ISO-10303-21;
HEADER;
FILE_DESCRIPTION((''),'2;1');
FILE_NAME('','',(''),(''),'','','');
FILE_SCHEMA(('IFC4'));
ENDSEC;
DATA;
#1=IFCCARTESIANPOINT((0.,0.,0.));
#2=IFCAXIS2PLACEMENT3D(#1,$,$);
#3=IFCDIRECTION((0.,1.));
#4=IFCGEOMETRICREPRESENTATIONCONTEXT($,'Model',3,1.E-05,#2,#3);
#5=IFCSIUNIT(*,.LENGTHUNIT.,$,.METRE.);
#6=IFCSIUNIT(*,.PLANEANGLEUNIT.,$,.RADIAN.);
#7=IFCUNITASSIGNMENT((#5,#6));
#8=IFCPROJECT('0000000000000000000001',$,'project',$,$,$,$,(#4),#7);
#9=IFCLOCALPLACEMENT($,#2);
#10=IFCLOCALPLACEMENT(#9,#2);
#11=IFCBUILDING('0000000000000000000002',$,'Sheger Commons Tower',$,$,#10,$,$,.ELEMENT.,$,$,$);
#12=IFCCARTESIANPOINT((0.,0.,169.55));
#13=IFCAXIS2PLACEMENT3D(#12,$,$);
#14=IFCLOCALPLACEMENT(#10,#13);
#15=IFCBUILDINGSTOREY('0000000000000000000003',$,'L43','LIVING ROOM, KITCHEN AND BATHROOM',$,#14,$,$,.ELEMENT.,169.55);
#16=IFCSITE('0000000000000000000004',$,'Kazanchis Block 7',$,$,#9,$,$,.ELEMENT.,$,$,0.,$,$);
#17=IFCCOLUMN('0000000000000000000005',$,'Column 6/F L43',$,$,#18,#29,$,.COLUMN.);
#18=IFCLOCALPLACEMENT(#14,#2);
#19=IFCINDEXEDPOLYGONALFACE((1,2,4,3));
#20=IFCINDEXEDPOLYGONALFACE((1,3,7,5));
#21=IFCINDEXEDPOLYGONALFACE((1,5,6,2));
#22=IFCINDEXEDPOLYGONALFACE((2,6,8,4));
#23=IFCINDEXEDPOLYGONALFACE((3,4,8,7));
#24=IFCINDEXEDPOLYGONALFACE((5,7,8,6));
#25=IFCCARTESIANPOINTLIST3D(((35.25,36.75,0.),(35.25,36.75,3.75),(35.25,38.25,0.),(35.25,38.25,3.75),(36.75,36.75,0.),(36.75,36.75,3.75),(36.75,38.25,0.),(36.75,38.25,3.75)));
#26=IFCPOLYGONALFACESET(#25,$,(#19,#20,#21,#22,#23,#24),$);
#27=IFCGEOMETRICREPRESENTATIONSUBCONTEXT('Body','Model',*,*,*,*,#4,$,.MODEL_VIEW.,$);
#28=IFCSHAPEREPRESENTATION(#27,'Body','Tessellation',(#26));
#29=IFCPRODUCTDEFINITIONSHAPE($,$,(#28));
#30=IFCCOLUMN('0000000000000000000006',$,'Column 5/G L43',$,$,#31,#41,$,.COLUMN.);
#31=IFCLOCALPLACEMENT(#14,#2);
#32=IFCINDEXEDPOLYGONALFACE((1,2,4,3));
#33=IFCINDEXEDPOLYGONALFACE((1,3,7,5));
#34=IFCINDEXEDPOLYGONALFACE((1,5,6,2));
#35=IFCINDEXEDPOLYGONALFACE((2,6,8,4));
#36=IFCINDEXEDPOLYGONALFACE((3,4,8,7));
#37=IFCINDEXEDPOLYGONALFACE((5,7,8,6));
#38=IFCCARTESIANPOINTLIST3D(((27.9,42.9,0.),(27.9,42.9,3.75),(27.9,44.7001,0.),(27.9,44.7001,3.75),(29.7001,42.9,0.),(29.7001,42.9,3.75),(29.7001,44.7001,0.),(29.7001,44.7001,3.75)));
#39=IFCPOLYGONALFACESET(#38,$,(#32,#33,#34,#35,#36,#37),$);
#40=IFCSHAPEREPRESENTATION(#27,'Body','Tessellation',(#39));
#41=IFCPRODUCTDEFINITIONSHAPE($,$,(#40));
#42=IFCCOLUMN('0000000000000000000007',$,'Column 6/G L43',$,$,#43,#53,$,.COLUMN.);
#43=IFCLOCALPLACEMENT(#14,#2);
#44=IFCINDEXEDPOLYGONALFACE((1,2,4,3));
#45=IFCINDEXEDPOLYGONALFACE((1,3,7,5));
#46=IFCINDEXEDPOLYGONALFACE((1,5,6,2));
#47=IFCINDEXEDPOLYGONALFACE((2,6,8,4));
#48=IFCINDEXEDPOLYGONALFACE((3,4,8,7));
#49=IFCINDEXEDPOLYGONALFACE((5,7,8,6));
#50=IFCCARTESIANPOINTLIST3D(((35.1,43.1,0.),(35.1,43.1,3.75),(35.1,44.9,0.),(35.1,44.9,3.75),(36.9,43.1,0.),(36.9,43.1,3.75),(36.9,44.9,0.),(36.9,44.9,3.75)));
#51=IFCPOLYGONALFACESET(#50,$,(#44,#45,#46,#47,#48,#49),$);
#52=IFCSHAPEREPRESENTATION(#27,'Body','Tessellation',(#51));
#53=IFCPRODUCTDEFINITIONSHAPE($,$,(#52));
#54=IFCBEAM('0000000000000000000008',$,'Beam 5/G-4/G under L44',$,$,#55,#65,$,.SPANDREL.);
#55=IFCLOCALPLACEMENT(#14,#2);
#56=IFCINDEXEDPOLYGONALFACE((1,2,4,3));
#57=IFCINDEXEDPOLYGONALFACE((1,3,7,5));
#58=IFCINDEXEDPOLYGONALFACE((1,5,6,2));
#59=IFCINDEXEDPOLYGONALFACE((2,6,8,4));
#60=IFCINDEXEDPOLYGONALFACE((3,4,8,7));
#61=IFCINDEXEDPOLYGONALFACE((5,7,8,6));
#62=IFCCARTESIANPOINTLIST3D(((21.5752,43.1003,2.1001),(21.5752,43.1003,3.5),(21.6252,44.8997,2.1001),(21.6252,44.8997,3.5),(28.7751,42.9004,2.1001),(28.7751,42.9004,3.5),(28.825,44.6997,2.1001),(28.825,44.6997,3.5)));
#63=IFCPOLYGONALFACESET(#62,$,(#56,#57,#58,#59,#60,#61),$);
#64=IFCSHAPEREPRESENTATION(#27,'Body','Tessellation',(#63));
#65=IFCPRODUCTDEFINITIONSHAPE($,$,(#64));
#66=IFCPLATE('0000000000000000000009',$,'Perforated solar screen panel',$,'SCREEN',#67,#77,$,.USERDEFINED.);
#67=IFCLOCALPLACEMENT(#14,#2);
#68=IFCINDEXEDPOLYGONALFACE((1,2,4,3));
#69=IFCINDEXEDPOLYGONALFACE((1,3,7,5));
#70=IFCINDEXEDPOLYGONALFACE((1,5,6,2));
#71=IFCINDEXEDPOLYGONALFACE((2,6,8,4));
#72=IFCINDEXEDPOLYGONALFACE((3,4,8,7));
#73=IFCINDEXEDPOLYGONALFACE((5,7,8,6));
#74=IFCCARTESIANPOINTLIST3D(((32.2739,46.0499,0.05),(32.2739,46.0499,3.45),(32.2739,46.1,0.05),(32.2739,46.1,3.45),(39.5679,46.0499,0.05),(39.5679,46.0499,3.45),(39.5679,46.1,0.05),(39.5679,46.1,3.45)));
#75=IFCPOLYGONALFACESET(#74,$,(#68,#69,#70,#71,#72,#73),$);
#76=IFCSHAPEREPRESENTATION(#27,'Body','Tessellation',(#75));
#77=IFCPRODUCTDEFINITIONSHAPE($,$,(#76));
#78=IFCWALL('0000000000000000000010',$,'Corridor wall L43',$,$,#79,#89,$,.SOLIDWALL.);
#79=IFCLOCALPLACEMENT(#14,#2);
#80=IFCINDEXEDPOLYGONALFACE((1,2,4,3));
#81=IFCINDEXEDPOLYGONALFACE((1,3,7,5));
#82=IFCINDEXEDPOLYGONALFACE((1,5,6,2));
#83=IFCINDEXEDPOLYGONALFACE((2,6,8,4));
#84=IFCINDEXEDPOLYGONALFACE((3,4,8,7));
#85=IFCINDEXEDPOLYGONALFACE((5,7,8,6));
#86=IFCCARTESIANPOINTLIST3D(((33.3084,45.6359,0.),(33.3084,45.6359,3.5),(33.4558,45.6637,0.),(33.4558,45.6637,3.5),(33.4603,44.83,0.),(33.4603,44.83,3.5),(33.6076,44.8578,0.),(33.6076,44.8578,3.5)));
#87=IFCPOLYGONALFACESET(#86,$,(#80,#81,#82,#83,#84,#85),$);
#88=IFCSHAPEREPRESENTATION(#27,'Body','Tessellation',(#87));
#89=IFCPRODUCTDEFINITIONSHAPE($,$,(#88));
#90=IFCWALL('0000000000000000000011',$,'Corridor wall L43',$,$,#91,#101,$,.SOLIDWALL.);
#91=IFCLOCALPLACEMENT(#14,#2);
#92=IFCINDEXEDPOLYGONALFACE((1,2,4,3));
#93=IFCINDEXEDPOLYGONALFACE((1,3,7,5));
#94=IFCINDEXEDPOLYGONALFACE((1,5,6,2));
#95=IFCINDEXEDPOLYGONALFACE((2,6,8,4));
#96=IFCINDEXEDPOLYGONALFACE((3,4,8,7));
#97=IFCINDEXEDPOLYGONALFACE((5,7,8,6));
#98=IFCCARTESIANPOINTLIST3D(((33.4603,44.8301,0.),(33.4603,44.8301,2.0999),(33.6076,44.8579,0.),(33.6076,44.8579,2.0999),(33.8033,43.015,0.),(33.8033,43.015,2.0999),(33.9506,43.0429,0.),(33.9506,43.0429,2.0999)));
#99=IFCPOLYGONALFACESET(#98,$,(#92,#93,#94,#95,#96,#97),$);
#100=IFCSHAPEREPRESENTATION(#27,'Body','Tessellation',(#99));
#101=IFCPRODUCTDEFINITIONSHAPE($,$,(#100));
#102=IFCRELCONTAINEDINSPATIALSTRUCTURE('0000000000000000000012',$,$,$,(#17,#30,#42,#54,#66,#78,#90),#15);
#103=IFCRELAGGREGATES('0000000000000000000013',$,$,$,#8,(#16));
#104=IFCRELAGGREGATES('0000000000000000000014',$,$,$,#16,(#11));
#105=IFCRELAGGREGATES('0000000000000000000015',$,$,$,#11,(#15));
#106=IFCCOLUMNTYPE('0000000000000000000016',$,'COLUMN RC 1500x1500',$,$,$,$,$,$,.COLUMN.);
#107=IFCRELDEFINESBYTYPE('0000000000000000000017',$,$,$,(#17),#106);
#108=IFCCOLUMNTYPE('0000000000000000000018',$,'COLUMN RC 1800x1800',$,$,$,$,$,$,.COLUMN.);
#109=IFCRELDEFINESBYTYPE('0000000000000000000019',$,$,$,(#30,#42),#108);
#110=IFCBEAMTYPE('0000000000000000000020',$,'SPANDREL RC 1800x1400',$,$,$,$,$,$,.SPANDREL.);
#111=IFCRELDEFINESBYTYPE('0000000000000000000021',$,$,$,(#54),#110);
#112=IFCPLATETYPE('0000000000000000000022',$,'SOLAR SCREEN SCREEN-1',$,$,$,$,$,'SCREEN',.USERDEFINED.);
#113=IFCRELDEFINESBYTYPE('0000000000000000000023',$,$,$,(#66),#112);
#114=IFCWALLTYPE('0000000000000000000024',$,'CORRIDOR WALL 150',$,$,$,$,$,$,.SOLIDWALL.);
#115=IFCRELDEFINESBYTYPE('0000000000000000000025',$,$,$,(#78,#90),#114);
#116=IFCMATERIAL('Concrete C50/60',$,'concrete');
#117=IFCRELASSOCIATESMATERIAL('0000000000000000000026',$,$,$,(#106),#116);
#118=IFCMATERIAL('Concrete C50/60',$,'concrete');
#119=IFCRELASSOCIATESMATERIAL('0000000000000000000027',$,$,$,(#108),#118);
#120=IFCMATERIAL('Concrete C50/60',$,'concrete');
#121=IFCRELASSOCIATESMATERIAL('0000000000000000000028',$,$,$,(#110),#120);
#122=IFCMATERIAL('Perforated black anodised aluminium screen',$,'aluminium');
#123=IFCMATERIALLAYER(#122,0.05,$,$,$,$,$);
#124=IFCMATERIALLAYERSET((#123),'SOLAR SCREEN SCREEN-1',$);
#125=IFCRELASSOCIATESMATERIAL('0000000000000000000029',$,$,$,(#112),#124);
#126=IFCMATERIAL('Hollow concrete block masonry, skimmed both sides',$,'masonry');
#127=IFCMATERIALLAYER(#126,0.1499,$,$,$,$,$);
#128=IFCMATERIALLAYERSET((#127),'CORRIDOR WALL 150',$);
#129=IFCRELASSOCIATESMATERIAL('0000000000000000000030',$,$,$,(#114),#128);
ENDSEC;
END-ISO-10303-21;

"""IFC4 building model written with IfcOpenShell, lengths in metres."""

from ifc_helpers import new_model, si_unit, direction, frame, frame_2d, origin, origin_2d, place, context, subcontext, project, spatial, rectangle, extrude, material, layer, layer_set, material_profile, profile_set, type_object, element, save


model = new_model("IFC4")

# Units and contexts
model_context = context("Model", 3, precision=1e-05, world=origin(), true_north=direction((0.0, 1.0)))
body_context = subcontext(model_context, "Body", "Model", "MODEL_VIEW")
ifc_project = project(units=[si_unit("LENGTHUNIT", "METRE"), si_unit("PLANEANGLEUNIT", "RADIAN")], contexts=[model_context])

# Site, building, storey
site_placement = place(None, origin())
site = spatial("IfcSite", under=ifc_project, at=site_placement, Name="Kazanchis Block 7", CompositionType="ELEMENT", RefElevation=0.0)
building_placement = place(site_placement, origin())
building = spatial("IfcBuilding", under=site, at=building_placement, Name="Sheger Commons Tower", CompositionType="ELEMENT")
storey_placement = place(building_placement, frame((0.0, 0.0, 169.55)))
storey = spatial("IfcBuildingStorey", under=building, at=storey_placement, Name="L43", Description="LIVING ROOM, KITCHEN AND BATHROOM", CompositionType="ELEMENT", Elevation=169.55)

# Columns
ifc_material_1 = material(Name="Concrete C50/60", Category="concrete")
ifc_material_profile_1 = material_profile(ifc_material_1, rectangle(XDim=1.5, YDim=1.5, at=origin_2d()), Name="RC 1500x1500")
ifc_profile_set_1 = profile_set([ifc_material_profile_1], Name="Concrete C50/60")
column_type_1 = type_object("IfcColumnType", Name="COLUMN RC 1500x1500", PredefinedType="COLUMN", material=ifc_profile_set_1)
column_placement = place(storey_placement, frame((36.0, 37.5, 0.0), z_axis=(0.0, 0.0, 1.0), x_axis=(1.0, 0.0, 0.0)))
element("IfcColumn", 1, at=column_placement, inside=storey, type_object=column_type_1, Name="Column 6/F L43", PredefinedType="COLUMN", context=body_context, shape_type="SweptSolid", body=[
    extrude(rectangle(XDim=1.5, YDim=1.5, at=origin_2d()), origin(), (0.0, 0.0, 1.0), 3.75),
])
ifc_material_2 = material(Name="Concrete C50/60", Category="concrete")
ifc_material_profile_2 = material_profile(ifc_material_2, rectangle(XDim=1.8, YDim=1.8, at=origin_2d()), Name="RC 1800x1800")
ifc_profile_set_2 = profile_set([ifc_material_profile_2], Name="Concrete C50/60")
column_type_2 = type_object("IfcColumnType", Name="COLUMN RC 1800x1800", PredefinedType="COLUMN", material=ifc_profile_set_2)
for number, where, z_axis, x_axis, name in (
    (2, (28.8, 43.8, 0.0), (0.0, 0.0, 1.0), (1.0, 0.0, 0.0), "Column 5/G L43"),
    (3, (36.0, 44.0, 0.0), (0.0, 0.0, 1.0), (1.0, 0.0, 0.0), "Column 6/G L43"),
):
    element("IfcColumn", number, at=place(storey_placement, frame(where, z_axis=z_axis, x_axis=x_axis)), inside=storey, type_object=column_type_2, Name=name, PredefinedType="COLUMN", context=body_context, shape_type="SweptSolid", body=[
        extrude(rectangle(XDim=1.8, YDim=1.8, at=origin_2d()), origin(), (0.0, 0.0, 1.0), 3.75),
    ])

# Beam
ifc_material_3 = material(Name="Concrete C50/60", Category="concrete")
ifc_material_profile_3 = material_profile(ifc_material_3, rectangle(XDim=1.8, YDim=1.3999, at=origin_2d()), Name="RC 1800x1400")
ifc_profile_set_3 = profile_set([ifc_material_profile_3], Name="Concrete C50/60")
beam_type = type_object("IfcBeamType", Name="SPANDREL RC 1800x1400", PredefinedType="SPANDREL", material=ifc_profile_set_3)
beam_placement = place(storey_placement, frame((28.8, 43.8, 2.8), z_axis=(-0.999615, 0.02776, 0.0), x_axis=(-0.02776, -0.999615, 0.0)))
element("IfcBeam", 4, at=beam_placement, inside=storey, type_object=beam_type, Name="Beam 5/G-4/G under L44", PredefinedType="SPANDREL", context=body_context, shape_type="SweptSolid", body=[
    extrude(rectangle(XDim=1.8, YDim=1.3999, at=origin_2d()), origin(), (0.0, 0.0, 1.0), 7.2026),
])

# Plate
ifc_material_4 = material(Name="Perforated black anodised aluminium screen", Category="aluminium")
ifc_layer_1 = layer(ifc_material_4, 0.05)
ifc_layer_set_1 = layer_set([ifc_layer_1], Name="SOLAR SCREEN SCREEN-1")
plate_type = type_object("IfcPlateType", Name="SOLAR SCREEN SCREEN-1", ElementType="SCREEN", PredefinedType="USERDEFINED", material=ifc_layer_set_1)
plate_placement = place(storey_placement, frame((35.9209, 46.075, 0.05), z_axis=(0.0, 0.0, 1.0), x_axis=(-1.0, 0.0, 0.0)))
element("IfcPlate", 5, at=plate_placement, inside=storey, type_object=plate_type, Name="Perforated solar screen panel", ObjectType="SCREEN", PredefinedType="USERDEFINED", context=body_context, shape_type="SweptSolid", body=[
    extrude(rectangle(XDim=7.2939, YDim=0.05, at=origin_2d()), origin(), (0.0, 0.0, 1.0), 3.3999),
])

# Walls
ifc_material_5 = material(Name="Hollow concrete block masonry, skimmed both sides", Category="masonry")
ifc_layer_2 = layer(ifc_material_5, 0.1499)
ifc_layer_set_2 = layer_set([ifc_layer_2], Name="CORRIDOR WALL 150")
wall_type_1 = type_object("IfcWallType", Name="CORRIDOR WALL 150", PredefinedType="SOLIDWALL", material=ifc_layer_set_2)
wall_1_placement = place(storey_placement, frame((33.3821, 45.6499, 0.0), z_axis=(0.0, 0.0, 1.0), x_axis=(0.185169, -0.982707, 0.0)))
element("IfcWall", 6, at=wall_1_placement, inside=storey, type_object=wall_type_1, Name="Corridor wall L43", PredefinedType="SOLIDWALL", context=body_context, shape_type="SweptSolid", body=[
    extrude(rectangle(XDim=0.8201, YDim=0.1499, at=frame_2d((0.4102, 0.0))), origin(), (0.0, 0.0, 1.0), 3.5),
])
wall_2_placement = place(storey_placement, frame((33.5339, 44.844, 0.0), z_axis=(0.0, 0.0, 1.0), x_axis=(0.185709, -0.982605, 0.0)))
element("IfcWall", 7, at=wall_2_placement, inside=storey, type_object=wall_type_1, Name="Corridor wall L43", PredefinedType="SOLIDWALL", context=body_context, shape_type="SweptSolid", body=[
    extrude(rectangle(XDim=1.8472, YDim=0.1499, at=frame_2d((0.9236, 0.0))), origin(), (0.0, 0.0, 1.0), 2.0999),
])

save(model, "model.ifc")
